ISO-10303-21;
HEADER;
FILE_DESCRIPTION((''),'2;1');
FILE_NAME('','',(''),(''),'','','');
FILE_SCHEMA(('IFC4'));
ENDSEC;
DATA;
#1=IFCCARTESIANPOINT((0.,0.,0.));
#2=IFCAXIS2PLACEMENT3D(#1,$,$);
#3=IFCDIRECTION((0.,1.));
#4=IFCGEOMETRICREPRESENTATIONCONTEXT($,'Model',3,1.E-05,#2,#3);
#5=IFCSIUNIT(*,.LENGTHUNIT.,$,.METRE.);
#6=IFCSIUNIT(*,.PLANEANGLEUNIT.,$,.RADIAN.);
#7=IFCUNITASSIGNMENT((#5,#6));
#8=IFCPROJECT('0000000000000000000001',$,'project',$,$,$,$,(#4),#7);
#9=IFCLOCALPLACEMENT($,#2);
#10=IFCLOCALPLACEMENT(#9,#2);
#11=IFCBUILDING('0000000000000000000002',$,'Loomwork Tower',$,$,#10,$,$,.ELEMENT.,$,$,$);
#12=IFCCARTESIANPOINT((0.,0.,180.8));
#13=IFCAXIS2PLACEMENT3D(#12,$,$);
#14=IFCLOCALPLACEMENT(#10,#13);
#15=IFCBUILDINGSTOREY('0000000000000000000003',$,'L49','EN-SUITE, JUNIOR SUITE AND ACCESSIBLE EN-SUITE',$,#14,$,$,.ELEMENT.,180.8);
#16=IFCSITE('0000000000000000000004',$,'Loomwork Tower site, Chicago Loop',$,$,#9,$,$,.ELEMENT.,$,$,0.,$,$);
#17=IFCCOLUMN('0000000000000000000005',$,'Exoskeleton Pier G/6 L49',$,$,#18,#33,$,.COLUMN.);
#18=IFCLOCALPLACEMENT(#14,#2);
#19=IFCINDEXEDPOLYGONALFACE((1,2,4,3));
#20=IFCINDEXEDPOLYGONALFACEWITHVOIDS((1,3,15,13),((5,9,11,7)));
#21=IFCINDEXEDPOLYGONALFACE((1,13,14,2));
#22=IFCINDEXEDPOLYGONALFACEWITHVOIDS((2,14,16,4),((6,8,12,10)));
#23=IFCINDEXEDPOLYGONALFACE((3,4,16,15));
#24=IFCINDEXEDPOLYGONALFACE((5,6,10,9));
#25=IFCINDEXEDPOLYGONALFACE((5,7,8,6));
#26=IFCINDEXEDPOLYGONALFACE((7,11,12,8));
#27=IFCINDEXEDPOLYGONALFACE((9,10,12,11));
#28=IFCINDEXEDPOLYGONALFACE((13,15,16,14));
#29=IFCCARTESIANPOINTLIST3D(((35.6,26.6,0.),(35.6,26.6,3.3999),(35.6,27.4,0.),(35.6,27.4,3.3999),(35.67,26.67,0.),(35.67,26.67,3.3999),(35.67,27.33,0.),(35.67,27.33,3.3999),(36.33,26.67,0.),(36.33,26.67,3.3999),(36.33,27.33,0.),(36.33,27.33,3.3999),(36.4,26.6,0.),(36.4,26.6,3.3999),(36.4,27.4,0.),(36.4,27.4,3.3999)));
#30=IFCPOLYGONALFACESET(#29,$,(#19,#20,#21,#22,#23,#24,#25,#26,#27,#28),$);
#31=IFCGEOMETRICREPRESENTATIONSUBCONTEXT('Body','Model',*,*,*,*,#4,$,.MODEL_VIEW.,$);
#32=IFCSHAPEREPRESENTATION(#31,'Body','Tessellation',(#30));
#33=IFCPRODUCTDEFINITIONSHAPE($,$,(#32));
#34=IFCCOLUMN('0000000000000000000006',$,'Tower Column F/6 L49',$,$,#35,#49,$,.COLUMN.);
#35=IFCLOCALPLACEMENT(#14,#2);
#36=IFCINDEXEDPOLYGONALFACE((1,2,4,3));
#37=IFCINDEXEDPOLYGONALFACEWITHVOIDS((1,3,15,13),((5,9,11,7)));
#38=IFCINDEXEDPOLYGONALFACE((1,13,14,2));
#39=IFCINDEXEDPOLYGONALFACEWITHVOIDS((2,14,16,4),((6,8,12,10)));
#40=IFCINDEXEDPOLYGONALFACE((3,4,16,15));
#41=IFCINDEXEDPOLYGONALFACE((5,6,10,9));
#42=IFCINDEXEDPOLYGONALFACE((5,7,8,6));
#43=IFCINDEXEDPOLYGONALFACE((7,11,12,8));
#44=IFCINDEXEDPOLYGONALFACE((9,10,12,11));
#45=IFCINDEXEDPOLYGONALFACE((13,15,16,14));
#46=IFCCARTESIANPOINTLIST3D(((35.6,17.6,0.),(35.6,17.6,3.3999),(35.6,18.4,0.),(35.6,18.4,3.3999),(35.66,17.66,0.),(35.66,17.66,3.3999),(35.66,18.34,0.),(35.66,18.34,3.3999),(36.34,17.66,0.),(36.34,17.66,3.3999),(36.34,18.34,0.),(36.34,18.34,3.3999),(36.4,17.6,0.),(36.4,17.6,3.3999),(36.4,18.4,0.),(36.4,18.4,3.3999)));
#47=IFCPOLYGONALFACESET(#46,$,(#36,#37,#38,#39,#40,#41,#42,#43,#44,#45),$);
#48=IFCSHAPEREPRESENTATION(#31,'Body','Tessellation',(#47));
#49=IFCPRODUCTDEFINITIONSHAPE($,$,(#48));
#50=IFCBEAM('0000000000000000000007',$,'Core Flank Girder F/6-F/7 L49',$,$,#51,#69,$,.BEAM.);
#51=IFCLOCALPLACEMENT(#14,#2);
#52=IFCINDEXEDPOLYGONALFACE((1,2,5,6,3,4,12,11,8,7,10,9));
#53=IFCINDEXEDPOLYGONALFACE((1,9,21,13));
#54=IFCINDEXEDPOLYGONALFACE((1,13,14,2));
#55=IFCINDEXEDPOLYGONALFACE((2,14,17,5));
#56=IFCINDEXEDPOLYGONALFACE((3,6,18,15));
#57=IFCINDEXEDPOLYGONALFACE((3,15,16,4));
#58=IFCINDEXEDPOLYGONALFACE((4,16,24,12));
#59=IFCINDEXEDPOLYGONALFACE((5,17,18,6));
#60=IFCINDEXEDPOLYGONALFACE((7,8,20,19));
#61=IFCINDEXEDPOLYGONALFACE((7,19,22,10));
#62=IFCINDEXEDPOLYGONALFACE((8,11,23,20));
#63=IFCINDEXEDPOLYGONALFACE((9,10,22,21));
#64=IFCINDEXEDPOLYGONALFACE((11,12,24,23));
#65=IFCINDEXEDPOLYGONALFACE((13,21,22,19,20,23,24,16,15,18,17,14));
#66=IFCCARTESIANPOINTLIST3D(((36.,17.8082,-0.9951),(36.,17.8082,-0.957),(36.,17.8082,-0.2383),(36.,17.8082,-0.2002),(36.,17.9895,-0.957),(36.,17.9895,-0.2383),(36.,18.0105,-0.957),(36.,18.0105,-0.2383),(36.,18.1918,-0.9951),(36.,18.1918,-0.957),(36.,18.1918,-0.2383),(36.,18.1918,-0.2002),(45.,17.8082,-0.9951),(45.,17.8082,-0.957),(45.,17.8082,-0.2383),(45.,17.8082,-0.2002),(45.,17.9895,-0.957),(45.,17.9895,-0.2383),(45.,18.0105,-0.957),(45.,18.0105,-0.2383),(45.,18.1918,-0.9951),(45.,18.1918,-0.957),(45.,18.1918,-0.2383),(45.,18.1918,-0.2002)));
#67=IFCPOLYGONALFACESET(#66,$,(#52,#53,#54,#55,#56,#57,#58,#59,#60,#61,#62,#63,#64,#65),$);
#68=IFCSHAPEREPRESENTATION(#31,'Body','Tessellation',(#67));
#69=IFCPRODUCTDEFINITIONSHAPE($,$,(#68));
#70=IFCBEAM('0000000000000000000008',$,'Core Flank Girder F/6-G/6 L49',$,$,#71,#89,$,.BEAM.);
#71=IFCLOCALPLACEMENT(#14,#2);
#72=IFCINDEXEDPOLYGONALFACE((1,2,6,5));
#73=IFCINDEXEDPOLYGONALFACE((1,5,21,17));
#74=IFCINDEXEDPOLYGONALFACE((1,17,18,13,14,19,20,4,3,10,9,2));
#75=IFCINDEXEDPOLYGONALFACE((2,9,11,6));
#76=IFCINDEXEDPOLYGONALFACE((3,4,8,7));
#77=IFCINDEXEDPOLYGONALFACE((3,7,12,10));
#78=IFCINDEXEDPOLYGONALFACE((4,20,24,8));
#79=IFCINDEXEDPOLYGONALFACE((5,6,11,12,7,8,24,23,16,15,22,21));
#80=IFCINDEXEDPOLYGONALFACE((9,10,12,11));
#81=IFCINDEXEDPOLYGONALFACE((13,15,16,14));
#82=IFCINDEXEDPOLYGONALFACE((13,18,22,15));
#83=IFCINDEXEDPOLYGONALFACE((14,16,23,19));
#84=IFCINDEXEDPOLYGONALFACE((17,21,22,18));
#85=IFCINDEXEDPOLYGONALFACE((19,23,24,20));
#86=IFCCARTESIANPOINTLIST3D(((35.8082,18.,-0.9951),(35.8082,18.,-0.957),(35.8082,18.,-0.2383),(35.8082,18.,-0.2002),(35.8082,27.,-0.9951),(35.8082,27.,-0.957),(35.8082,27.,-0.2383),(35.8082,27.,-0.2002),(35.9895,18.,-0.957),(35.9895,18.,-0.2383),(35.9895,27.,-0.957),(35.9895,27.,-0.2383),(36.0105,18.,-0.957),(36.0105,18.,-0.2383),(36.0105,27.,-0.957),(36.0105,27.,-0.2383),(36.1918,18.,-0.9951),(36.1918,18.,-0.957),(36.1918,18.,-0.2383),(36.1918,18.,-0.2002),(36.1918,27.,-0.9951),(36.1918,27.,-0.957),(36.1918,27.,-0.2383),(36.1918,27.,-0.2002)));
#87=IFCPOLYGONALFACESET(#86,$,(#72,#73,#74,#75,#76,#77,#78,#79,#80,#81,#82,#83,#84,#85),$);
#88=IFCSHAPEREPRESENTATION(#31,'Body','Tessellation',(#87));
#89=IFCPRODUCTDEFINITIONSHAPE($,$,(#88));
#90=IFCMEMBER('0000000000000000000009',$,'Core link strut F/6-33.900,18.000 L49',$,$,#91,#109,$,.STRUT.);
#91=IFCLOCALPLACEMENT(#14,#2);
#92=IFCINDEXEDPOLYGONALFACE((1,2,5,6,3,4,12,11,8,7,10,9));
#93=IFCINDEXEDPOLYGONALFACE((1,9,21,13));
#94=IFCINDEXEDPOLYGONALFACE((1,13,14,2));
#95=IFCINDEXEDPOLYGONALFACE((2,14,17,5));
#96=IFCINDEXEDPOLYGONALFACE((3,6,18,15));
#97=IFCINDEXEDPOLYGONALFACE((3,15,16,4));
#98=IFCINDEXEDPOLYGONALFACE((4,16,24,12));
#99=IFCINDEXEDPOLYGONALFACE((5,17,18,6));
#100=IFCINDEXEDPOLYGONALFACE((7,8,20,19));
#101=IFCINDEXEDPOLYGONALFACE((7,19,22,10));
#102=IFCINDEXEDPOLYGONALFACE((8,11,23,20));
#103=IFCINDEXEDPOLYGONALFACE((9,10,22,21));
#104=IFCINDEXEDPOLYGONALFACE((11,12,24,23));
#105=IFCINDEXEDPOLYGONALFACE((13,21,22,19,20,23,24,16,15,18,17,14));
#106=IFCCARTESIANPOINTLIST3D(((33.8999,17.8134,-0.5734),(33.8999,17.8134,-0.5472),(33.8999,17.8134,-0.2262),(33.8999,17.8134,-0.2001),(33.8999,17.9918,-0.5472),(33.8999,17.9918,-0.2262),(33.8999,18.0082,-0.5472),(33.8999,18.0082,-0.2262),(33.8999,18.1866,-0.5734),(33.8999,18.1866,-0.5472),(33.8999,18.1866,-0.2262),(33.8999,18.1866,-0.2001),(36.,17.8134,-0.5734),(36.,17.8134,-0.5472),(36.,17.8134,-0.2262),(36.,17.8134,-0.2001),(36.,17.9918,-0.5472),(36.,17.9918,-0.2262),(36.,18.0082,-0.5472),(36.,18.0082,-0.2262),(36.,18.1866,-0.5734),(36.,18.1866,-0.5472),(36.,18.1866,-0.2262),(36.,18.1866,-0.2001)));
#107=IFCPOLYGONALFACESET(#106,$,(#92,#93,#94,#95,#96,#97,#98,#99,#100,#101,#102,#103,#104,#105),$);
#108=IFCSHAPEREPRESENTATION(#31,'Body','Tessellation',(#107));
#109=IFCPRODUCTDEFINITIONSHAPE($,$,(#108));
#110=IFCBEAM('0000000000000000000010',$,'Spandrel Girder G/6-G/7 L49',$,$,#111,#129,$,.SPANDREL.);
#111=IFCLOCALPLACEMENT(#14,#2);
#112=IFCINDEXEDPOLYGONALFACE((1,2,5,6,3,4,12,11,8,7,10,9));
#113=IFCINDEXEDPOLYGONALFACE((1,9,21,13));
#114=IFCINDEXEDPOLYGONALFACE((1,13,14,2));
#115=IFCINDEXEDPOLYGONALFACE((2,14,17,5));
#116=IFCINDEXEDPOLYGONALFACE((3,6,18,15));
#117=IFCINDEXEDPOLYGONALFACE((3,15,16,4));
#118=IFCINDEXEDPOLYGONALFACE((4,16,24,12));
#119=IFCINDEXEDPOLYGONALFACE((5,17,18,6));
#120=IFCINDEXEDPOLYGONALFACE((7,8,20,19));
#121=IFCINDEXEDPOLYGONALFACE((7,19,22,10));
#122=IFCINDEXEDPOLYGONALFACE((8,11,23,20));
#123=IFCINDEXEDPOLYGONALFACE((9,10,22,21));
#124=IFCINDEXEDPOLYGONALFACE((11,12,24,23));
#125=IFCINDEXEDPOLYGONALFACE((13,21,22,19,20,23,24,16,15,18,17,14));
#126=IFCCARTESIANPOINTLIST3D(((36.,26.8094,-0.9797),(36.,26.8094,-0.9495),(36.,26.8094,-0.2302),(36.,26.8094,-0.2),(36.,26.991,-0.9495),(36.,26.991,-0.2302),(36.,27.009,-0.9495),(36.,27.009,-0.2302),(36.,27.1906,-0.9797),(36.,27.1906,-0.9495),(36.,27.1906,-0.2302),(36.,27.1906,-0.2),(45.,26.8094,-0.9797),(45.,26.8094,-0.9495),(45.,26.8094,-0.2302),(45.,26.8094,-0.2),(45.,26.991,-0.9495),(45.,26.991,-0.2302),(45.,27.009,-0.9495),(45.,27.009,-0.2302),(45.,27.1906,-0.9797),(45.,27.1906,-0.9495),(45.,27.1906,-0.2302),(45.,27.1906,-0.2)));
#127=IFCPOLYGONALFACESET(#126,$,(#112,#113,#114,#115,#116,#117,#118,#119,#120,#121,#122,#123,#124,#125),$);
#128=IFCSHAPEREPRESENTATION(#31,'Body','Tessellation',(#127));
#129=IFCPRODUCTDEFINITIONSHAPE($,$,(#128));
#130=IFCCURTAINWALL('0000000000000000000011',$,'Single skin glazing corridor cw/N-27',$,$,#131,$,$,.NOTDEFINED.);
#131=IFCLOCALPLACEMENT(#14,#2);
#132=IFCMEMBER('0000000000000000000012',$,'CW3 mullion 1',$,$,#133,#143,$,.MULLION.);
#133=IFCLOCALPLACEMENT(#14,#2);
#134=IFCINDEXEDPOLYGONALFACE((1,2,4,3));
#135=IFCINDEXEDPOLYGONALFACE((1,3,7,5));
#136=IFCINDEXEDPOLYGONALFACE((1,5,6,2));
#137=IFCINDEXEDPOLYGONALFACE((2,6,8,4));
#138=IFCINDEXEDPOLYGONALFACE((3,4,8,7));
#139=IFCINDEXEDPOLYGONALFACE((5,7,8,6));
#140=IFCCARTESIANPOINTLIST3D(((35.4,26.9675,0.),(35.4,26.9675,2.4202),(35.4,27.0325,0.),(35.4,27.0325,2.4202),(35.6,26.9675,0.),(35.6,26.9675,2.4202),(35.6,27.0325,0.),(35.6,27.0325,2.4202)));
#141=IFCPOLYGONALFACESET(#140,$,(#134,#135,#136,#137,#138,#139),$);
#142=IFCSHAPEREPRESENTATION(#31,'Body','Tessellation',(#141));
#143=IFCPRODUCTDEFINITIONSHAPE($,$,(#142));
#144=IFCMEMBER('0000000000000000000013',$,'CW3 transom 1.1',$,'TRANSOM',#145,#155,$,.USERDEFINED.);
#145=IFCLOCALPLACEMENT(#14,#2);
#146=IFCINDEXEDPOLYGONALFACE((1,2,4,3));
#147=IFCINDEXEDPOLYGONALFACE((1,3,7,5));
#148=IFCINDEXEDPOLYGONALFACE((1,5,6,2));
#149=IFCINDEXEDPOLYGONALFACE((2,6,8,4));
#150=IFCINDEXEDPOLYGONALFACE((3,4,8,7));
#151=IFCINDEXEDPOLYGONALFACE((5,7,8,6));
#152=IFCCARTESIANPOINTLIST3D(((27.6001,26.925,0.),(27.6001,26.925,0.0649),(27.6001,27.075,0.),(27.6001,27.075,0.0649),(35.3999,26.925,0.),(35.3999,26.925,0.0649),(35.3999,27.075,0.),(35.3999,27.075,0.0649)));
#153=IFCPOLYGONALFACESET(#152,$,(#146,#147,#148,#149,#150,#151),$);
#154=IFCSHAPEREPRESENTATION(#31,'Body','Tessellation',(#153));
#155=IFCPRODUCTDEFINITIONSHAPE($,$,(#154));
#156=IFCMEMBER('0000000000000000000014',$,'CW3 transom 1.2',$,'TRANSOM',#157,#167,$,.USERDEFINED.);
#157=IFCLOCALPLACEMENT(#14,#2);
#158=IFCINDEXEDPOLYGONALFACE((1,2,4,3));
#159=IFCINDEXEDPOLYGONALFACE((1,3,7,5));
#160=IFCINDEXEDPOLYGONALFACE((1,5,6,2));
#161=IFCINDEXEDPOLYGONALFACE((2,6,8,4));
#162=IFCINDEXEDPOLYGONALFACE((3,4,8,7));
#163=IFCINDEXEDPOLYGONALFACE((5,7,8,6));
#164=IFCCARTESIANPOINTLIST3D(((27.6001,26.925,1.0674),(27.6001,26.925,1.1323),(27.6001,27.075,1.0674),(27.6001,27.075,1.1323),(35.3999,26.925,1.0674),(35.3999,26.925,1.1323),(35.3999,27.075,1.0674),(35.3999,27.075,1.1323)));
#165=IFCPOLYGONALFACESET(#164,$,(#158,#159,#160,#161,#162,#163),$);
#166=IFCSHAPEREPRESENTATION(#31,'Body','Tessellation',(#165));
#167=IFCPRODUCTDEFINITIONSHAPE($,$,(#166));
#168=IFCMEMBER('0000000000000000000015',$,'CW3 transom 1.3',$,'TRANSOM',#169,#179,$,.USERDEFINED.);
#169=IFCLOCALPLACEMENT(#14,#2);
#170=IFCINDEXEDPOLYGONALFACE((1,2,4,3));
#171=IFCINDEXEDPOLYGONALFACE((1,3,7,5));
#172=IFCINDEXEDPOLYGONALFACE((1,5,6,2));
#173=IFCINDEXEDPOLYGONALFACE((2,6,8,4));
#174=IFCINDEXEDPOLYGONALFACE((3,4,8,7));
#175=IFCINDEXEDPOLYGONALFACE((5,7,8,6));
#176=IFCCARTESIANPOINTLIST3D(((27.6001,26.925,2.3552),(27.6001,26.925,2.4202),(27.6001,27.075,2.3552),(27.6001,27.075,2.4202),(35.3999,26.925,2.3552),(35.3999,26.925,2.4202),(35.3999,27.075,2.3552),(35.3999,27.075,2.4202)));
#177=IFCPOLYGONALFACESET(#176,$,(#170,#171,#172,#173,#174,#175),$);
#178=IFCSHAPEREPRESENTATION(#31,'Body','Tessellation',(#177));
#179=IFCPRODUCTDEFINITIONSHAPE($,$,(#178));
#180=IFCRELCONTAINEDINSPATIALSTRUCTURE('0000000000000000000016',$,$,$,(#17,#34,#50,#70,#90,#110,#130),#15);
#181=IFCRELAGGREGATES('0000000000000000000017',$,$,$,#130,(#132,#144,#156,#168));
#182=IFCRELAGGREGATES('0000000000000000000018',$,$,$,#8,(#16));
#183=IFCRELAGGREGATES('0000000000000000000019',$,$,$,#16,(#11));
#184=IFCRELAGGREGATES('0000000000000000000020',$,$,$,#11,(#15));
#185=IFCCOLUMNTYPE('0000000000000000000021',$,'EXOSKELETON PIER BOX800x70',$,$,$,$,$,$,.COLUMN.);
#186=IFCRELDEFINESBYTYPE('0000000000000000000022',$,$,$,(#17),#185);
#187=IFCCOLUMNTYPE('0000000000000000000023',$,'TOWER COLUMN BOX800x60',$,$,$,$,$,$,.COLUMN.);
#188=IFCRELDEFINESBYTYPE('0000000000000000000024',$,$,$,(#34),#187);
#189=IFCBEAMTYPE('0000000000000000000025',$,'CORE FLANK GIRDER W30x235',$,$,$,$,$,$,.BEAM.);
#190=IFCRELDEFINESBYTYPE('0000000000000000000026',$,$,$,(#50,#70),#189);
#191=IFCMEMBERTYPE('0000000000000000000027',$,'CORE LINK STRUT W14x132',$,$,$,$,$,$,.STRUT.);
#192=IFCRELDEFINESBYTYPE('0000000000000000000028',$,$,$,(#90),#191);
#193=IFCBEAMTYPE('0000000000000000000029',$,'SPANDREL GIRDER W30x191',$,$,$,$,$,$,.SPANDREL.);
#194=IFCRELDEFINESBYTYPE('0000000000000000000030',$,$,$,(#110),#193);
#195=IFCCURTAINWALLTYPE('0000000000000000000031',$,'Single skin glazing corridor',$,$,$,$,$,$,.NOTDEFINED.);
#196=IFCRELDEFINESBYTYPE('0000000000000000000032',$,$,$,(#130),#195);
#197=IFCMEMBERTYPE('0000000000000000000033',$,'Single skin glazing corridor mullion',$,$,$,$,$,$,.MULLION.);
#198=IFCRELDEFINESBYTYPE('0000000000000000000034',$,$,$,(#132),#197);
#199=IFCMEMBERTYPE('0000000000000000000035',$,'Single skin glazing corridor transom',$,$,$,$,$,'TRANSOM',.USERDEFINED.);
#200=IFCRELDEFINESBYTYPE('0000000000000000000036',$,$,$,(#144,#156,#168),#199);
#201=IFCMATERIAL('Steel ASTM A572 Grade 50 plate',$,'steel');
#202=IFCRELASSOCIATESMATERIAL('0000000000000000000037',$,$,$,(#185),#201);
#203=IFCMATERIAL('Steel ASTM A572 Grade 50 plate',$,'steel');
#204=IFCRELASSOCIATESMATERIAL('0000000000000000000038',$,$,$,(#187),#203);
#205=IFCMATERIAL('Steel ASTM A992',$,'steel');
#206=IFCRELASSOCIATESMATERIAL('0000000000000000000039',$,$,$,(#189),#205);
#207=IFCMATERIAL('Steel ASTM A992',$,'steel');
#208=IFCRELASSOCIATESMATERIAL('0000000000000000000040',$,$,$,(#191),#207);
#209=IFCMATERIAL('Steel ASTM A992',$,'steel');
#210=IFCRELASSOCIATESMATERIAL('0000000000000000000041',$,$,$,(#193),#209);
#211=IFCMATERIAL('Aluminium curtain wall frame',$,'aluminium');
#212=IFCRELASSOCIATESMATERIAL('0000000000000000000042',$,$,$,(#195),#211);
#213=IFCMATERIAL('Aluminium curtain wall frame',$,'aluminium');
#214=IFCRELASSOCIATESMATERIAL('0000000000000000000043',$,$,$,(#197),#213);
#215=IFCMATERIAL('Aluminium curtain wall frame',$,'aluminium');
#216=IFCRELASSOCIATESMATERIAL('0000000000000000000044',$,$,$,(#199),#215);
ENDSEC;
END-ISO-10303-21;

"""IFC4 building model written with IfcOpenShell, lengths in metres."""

from ifc_helpers import new_model, si_unit, direction, frame, origin, origin_2d, place, context, subcontext, project, spatial, rectangle, hollow_rectangle, i_section, extrude, material, material_profile, profile_set, type_object, element, aggregate, save


model = new_model("IFC4")

# Units and contexts
model_context = context("Model", 3, precision=1e-05, world=origin(), true_north=direction((0.0, 1.0)))
body_context = subcontext(model_context, "Body", "Model", "MODEL_VIEW")
ifc_project = project(units=[si_unit("LENGTHUNIT", "METRE"), si_unit("PLANEANGLEUNIT", "RADIAN")], contexts=[model_context])

# Site, building, storey
site_placement = place(None, origin())
site = spatial("IfcSite", under=ifc_project, at=site_placement, Name="Loomwork Tower site, Chicago Loop", CompositionType="ELEMENT", RefElevation=0.0)
building_placement = place(site_placement, origin())
building = spatial("IfcBuilding", under=site, at=building_placement, Name="Loomwork Tower", CompositionType="ELEMENT")
storey_placement = place(building_placement, frame((0.0, 0.0, 180.8)))
storey = spatial("IfcBuildingStorey", under=building, at=storey_placement, Name="L49", Description="EN-SUITE, JUNIOR SUITE AND ACCESSIBLE EN-SUITE", CompositionType="ELEMENT", Elevation=180.8)

# Columns
ifc_material_1 = material(Name="Steel ASTM A572 Grade 50 plate", Category="steel")
ifc_material_profile_1 = material_profile(ifc_material_1, hollow_rectangle(XDim=0.8, YDim=0.8, WallThickness=0.0701, at=origin_2d()), Name="BOX800x70")
ifc_profile_set_1 = profile_set([ifc_material_profile_1], Name="Steel ASTM A572 Grade 50 plate")
column_type_1 = type_object("IfcColumnType", Name="EXOSKELETON PIER BOX800x70", PredefinedType="COLUMN", material=ifc_profile_set_1)
column_1_placement = place(storey_placement, frame((36.0, 27.0, 0.0), z_axis=(0.0, 0.0, 1.0), x_axis=(1.0, 0.0, 0.0)))
element("IfcColumn", 1, at=column_1_placement, inside=storey, type_object=column_type_1, Name="Exoskeleton Pier G/6 L49", PredefinedType="COLUMN", context=body_context, shape_type="SweptSolid", body=[
    extrude(hollow_rectangle(XDim=0.8, YDim=0.8, WallThickness=0.0701, at=origin_2d()), origin(), (0.0, 0.0, 1.0), 3.3999),
])
ifc_material_2 = material(Name="Steel ASTM A572 Grade 50 plate", Category="steel")
ifc_material_profile_2 = material_profile(ifc_material_2, hollow_rectangle(XDim=0.8, YDim=0.8, WallThickness=0.0601, at=origin_2d()), Name="BOX800x60")
ifc_profile_set_2 = profile_set([ifc_material_profile_2], Name="Steel ASTM A572 Grade 50 plate")
column_type_2 = type_object("IfcColumnType", Name="TOWER COLUMN BOX800x60", PredefinedType="COLUMN", material=ifc_profile_set_2)
column_2_placement = place(storey_placement, frame((36.0, 18.0, 0.0), z_axis=(0.0, 0.0, 1.0), x_axis=(0.0, 1.0, 0.0)))
element("IfcColumn", 2, at=column_2_placement, inside=storey, type_object=column_type_2, Name="Tower Column F/6 L49", PredefinedType="COLUMN", context=body_context, shape_type="SweptSolid", body=[
    extrude(hollow_rectangle(XDim=0.8, YDim=0.8, WallThickness=0.0601, at=origin_2d()), origin(), (0.0, 0.0, 1.0), 3.3999),
])

# Beams
ifc_material_3 = material(Name="Steel ASTM A992", Category="steel")
ifc_material_profile_3 = material_profile(ifc_material_3, i_section(OverallWidth=0.3835, OverallDepth=0.7949, WebThickness=0.021, FlangeThickness=0.0381, at=origin_2d()), Name="W30x235")
ifc_profile_set_3 = profile_set([ifc_material_profile_3], Name="Steel ASTM A992")
beam_type_1 = type_object("IfcBeamType", Name="CORE FLANK GIRDER W30x235", PredefinedType="BEAM", material=ifc_profile_set_3)
for number, where, z_axis, x_axis, name in (
    (3, (36.0, 18.0, -0.5977), (1.0, 0.0, 0.0), (0.0, 1.0, 0.0), "Core Flank Girder F/6-F/7 L49"),
    (4, (36.0, 18.0, -0.5977), (0.0, 1.0, 0.0), (-1.0, 0.0, 0.0), "Core Flank Girder F/6-G/6 L49"),
):
    element("IfcBeam", number, at=place(storey_placement, frame(where, z_axis=z_axis, x_axis=x_axis)), inside=storey, type_object=beam_type_1, Name=name, PredefinedType="BEAM", context=body_context, shape_type="SweptSolid", body=[
        extrude(i_section(OverallWidth=0.3835, OverallDepth=0.7949, WebThickness=0.021, FlangeThickness=0.0381, at=origin_2d()), origin(), (0.0, 0.0, 1.0), 9.0),
    ])

# Member
ifc_material_4 = material(Name="Steel ASTM A992", Category="steel")
ifc_material_profile_4 = material_profile(ifc_material_4, i_section(OverallWidth=0.3733, OverallDepth=0.3733, WebThickness=0.0164, FlangeThickness=0.0261, at=origin_2d()), Name="W14x132")
ifc_profile_set_4 = profile_set([ifc_material_profile_4], Name="Steel ASTM A992")
member_type_1 = type_object("IfcMemberType", Name="CORE LINK STRUT W14x132", PredefinedType="STRUT", material=ifc_profile_set_4)
member_1_placement = place(storey_placement, frame((36.0, 18.0, -0.3867), z_axis=(-1.0, 0.0, 0.0), x_axis=(0.0, -1.0, 0.0)))
element("IfcMember", 5, at=member_1_placement, inside=storey, type_object=member_type_1, Name="Core link strut F/6-33.900,18.000 L49", PredefinedType="STRUT", context=body_context, shape_type="SweptSolid", body=[
    extrude(i_section(OverallWidth=0.3733, OverallDepth=0.3733, WebThickness=0.0164, FlangeThickness=0.0261, at=origin_2d()), origin(), (0.0, 0.0, 1.0), 2.1001),
])

# Beam
ifc_material_5 = material(Name="Steel ASTM A992", Category="steel")
ifc_material_profile_5 = material_profile(ifc_material_5, i_section(OverallWidth=0.3811, OverallDepth=0.7798, WebThickness=0.0181, FlangeThickness=0.0303, at=origin_2d()), Name="W30x191")
ifc_profile_set_5 = profile_set([ifc_material_profile_5], Name="Steel ASTM A992")
beam_type_2 = type_object("IfcBeamType", Name="SPANDREL GIRDER W30x191", PredefinedType="SPANDREL", material=ifc_profile_set_5)
beam_placement = place(storey_placement, frame((36.0, 27.0, -0.5898), z_axis=(1.0, 0.0, 0.0), x_axis=(0.0, 1.0, 0.0)))
element("IfcBeam", 6, at=beam_placement, inside=storey, type_object=beam_type_2, Name="Spandrel Girder G/6-G/7 L49", PredefinedType="SPANDREL", context=body_context, shape_type="SweptSolid", body=[
    extrude(i_section(OverallWidth=0.3811, OverallDepth=0.7798, WebThickness=0.0181, FlangeThickness=0.0303, at=origin_2d()), origin(), (0.0, 0.0, 1.0), 9.0),
])

# Curtain wall, members
ifc_material_6 = material(Name="Aluminium curtain wall frame", Category="aluminium")
curtain_wall_type = type_object("IfcCurtainWallType", Name="Single skin glazing corridor", PredefinedType="NOTDEFINED", material=ifc_material_6)
curtain_wall_placement = place(storey_placement, origin())
curtain_wall = element("IfcCurtainWall", 7, at=curtain_wall_placement, inside=storey, type_object=curtain_wall_type, Name="Single skin glazing corridor cw/N-27", PredefinedType="NOTDEFINED")
ifc_material_7 = material(Name="Aluminium curtain wall frame", Category="aluminium")
ifc_material_profile_6 = material_profile(ifc_material_7, rectangle(XDim=0.0649, YDim=0.2, at=origin_2d()), Name="AL 65x200")
ifc_profile_set_6 = profile_set([ifc_material_profile_6], Name="Aluminium curtain wall frame")
member_type_2 = type_object("IfcMemberType", Name="Single skin glazing corridor mullion", PredefinedType="MULLION", material=ifc_profile_set_6)
member_2_placement = place(storey_placement, frame((35.5, 27.0, 0.0), z_axis=(0.0, 0.0, 1.0), x_axis=(0.0, -1.0, 0.0)))
member_2 = element("IfcMember", 8, at=member_2_placement, type_object=member_type_2, Name="CW3 mullion 1", PredefinedType="MULLION", context=body_context, shape_type="SweptSolid", body=[
    extrude(rectangle(XDim=0.0649, YDim=0.2, at=origin_2d()), origin(), (0.0, 0.0, 1.0), 2.4202),
])
ifc_material_8 = material(Name="Aluminium curtain wall frame", Category="aluminium")
ifc_material_profile_7 = material_profile(ifc_material_8, rectangle(XDim=0.1499, YDim=0.0649, at=origin_2d()), Name="AL 65x150")
ifc_profile_set_7 = profile_set([ifc_material_profile_7], Name="Aluminium curtain wall frame")
member_type_3 = type_object("IfcMemberType", Name="Single skin glazing corridor transom", ElementType="TRANSOM", PredefinedType="USERDEFINED", material=ifc_profile_set_7)
member_3_placement = place(storey_placement, frame((35.3999, 27.0, 0.0325), z_axis=(-1.0, 0.0, 0.0), x_axis=(0.0, -1.0, 0.0)))
member_3 = element("IfcMember", 9, at=member_3_placement, type_object=member_type_3, Name="CW3 transom 1.1", ObjectType="TRANSOM", PredefinedType="USERDEFINED", context=body_context, shape_type="SweptSolid", body=[
    extrude(rectangle(XDim=0.1499, YDim=0.0649, at=origin_2d()), origin(), (0.0, 0.0, 1.0), 7.7998),
])
member_4_placement = place(storey_placement, frame((35.3999, 27.0, 1.0999), z_axis=(-1.0, 0.0, 0.0), x_axis=(0.0, -1.0, 0.0)))
member_4 = element("IfcMember", 10, at=member_4_placement, type_object=member_type_3, Name="CW3 transom 1.2", ObjectType="TRANSOM", PredefinedType="USERDEFINED", context=body_context, shape_type="SweptSolid", body=[
    extrude(rectangle(XDim=0.1499, YDim=0.0649, at=origin_2d()), origin(), (0.0, 0.0, 1.0), 7.7998),
])
member_5_placement = place(storey_placement, frame((35.3999, 27.0, 2.3877), z_axis=(-1.0, 0.0, 0.0), x_axis=(0.0, -1.0, 0.0)))
member_5 = element("IfcMember", 11, at=member_5_placement, type_object=member_type_3, Name="CW3 transom 1.3", ObjectType="TRANSOM", PredefinedType="USERDEFINED", context=body_context, shape_type="SweptSolid", body=[
    extrude(rectangle(XDim=0.1499, YDim=0.0649, at=origin_2d()), origin(), (0.0, 0.0, 1.0), 7.7998),
])
aggregate(curtain_wall, [member_2, member_3, member_4, member_5])

save(model, "model.ifc")
